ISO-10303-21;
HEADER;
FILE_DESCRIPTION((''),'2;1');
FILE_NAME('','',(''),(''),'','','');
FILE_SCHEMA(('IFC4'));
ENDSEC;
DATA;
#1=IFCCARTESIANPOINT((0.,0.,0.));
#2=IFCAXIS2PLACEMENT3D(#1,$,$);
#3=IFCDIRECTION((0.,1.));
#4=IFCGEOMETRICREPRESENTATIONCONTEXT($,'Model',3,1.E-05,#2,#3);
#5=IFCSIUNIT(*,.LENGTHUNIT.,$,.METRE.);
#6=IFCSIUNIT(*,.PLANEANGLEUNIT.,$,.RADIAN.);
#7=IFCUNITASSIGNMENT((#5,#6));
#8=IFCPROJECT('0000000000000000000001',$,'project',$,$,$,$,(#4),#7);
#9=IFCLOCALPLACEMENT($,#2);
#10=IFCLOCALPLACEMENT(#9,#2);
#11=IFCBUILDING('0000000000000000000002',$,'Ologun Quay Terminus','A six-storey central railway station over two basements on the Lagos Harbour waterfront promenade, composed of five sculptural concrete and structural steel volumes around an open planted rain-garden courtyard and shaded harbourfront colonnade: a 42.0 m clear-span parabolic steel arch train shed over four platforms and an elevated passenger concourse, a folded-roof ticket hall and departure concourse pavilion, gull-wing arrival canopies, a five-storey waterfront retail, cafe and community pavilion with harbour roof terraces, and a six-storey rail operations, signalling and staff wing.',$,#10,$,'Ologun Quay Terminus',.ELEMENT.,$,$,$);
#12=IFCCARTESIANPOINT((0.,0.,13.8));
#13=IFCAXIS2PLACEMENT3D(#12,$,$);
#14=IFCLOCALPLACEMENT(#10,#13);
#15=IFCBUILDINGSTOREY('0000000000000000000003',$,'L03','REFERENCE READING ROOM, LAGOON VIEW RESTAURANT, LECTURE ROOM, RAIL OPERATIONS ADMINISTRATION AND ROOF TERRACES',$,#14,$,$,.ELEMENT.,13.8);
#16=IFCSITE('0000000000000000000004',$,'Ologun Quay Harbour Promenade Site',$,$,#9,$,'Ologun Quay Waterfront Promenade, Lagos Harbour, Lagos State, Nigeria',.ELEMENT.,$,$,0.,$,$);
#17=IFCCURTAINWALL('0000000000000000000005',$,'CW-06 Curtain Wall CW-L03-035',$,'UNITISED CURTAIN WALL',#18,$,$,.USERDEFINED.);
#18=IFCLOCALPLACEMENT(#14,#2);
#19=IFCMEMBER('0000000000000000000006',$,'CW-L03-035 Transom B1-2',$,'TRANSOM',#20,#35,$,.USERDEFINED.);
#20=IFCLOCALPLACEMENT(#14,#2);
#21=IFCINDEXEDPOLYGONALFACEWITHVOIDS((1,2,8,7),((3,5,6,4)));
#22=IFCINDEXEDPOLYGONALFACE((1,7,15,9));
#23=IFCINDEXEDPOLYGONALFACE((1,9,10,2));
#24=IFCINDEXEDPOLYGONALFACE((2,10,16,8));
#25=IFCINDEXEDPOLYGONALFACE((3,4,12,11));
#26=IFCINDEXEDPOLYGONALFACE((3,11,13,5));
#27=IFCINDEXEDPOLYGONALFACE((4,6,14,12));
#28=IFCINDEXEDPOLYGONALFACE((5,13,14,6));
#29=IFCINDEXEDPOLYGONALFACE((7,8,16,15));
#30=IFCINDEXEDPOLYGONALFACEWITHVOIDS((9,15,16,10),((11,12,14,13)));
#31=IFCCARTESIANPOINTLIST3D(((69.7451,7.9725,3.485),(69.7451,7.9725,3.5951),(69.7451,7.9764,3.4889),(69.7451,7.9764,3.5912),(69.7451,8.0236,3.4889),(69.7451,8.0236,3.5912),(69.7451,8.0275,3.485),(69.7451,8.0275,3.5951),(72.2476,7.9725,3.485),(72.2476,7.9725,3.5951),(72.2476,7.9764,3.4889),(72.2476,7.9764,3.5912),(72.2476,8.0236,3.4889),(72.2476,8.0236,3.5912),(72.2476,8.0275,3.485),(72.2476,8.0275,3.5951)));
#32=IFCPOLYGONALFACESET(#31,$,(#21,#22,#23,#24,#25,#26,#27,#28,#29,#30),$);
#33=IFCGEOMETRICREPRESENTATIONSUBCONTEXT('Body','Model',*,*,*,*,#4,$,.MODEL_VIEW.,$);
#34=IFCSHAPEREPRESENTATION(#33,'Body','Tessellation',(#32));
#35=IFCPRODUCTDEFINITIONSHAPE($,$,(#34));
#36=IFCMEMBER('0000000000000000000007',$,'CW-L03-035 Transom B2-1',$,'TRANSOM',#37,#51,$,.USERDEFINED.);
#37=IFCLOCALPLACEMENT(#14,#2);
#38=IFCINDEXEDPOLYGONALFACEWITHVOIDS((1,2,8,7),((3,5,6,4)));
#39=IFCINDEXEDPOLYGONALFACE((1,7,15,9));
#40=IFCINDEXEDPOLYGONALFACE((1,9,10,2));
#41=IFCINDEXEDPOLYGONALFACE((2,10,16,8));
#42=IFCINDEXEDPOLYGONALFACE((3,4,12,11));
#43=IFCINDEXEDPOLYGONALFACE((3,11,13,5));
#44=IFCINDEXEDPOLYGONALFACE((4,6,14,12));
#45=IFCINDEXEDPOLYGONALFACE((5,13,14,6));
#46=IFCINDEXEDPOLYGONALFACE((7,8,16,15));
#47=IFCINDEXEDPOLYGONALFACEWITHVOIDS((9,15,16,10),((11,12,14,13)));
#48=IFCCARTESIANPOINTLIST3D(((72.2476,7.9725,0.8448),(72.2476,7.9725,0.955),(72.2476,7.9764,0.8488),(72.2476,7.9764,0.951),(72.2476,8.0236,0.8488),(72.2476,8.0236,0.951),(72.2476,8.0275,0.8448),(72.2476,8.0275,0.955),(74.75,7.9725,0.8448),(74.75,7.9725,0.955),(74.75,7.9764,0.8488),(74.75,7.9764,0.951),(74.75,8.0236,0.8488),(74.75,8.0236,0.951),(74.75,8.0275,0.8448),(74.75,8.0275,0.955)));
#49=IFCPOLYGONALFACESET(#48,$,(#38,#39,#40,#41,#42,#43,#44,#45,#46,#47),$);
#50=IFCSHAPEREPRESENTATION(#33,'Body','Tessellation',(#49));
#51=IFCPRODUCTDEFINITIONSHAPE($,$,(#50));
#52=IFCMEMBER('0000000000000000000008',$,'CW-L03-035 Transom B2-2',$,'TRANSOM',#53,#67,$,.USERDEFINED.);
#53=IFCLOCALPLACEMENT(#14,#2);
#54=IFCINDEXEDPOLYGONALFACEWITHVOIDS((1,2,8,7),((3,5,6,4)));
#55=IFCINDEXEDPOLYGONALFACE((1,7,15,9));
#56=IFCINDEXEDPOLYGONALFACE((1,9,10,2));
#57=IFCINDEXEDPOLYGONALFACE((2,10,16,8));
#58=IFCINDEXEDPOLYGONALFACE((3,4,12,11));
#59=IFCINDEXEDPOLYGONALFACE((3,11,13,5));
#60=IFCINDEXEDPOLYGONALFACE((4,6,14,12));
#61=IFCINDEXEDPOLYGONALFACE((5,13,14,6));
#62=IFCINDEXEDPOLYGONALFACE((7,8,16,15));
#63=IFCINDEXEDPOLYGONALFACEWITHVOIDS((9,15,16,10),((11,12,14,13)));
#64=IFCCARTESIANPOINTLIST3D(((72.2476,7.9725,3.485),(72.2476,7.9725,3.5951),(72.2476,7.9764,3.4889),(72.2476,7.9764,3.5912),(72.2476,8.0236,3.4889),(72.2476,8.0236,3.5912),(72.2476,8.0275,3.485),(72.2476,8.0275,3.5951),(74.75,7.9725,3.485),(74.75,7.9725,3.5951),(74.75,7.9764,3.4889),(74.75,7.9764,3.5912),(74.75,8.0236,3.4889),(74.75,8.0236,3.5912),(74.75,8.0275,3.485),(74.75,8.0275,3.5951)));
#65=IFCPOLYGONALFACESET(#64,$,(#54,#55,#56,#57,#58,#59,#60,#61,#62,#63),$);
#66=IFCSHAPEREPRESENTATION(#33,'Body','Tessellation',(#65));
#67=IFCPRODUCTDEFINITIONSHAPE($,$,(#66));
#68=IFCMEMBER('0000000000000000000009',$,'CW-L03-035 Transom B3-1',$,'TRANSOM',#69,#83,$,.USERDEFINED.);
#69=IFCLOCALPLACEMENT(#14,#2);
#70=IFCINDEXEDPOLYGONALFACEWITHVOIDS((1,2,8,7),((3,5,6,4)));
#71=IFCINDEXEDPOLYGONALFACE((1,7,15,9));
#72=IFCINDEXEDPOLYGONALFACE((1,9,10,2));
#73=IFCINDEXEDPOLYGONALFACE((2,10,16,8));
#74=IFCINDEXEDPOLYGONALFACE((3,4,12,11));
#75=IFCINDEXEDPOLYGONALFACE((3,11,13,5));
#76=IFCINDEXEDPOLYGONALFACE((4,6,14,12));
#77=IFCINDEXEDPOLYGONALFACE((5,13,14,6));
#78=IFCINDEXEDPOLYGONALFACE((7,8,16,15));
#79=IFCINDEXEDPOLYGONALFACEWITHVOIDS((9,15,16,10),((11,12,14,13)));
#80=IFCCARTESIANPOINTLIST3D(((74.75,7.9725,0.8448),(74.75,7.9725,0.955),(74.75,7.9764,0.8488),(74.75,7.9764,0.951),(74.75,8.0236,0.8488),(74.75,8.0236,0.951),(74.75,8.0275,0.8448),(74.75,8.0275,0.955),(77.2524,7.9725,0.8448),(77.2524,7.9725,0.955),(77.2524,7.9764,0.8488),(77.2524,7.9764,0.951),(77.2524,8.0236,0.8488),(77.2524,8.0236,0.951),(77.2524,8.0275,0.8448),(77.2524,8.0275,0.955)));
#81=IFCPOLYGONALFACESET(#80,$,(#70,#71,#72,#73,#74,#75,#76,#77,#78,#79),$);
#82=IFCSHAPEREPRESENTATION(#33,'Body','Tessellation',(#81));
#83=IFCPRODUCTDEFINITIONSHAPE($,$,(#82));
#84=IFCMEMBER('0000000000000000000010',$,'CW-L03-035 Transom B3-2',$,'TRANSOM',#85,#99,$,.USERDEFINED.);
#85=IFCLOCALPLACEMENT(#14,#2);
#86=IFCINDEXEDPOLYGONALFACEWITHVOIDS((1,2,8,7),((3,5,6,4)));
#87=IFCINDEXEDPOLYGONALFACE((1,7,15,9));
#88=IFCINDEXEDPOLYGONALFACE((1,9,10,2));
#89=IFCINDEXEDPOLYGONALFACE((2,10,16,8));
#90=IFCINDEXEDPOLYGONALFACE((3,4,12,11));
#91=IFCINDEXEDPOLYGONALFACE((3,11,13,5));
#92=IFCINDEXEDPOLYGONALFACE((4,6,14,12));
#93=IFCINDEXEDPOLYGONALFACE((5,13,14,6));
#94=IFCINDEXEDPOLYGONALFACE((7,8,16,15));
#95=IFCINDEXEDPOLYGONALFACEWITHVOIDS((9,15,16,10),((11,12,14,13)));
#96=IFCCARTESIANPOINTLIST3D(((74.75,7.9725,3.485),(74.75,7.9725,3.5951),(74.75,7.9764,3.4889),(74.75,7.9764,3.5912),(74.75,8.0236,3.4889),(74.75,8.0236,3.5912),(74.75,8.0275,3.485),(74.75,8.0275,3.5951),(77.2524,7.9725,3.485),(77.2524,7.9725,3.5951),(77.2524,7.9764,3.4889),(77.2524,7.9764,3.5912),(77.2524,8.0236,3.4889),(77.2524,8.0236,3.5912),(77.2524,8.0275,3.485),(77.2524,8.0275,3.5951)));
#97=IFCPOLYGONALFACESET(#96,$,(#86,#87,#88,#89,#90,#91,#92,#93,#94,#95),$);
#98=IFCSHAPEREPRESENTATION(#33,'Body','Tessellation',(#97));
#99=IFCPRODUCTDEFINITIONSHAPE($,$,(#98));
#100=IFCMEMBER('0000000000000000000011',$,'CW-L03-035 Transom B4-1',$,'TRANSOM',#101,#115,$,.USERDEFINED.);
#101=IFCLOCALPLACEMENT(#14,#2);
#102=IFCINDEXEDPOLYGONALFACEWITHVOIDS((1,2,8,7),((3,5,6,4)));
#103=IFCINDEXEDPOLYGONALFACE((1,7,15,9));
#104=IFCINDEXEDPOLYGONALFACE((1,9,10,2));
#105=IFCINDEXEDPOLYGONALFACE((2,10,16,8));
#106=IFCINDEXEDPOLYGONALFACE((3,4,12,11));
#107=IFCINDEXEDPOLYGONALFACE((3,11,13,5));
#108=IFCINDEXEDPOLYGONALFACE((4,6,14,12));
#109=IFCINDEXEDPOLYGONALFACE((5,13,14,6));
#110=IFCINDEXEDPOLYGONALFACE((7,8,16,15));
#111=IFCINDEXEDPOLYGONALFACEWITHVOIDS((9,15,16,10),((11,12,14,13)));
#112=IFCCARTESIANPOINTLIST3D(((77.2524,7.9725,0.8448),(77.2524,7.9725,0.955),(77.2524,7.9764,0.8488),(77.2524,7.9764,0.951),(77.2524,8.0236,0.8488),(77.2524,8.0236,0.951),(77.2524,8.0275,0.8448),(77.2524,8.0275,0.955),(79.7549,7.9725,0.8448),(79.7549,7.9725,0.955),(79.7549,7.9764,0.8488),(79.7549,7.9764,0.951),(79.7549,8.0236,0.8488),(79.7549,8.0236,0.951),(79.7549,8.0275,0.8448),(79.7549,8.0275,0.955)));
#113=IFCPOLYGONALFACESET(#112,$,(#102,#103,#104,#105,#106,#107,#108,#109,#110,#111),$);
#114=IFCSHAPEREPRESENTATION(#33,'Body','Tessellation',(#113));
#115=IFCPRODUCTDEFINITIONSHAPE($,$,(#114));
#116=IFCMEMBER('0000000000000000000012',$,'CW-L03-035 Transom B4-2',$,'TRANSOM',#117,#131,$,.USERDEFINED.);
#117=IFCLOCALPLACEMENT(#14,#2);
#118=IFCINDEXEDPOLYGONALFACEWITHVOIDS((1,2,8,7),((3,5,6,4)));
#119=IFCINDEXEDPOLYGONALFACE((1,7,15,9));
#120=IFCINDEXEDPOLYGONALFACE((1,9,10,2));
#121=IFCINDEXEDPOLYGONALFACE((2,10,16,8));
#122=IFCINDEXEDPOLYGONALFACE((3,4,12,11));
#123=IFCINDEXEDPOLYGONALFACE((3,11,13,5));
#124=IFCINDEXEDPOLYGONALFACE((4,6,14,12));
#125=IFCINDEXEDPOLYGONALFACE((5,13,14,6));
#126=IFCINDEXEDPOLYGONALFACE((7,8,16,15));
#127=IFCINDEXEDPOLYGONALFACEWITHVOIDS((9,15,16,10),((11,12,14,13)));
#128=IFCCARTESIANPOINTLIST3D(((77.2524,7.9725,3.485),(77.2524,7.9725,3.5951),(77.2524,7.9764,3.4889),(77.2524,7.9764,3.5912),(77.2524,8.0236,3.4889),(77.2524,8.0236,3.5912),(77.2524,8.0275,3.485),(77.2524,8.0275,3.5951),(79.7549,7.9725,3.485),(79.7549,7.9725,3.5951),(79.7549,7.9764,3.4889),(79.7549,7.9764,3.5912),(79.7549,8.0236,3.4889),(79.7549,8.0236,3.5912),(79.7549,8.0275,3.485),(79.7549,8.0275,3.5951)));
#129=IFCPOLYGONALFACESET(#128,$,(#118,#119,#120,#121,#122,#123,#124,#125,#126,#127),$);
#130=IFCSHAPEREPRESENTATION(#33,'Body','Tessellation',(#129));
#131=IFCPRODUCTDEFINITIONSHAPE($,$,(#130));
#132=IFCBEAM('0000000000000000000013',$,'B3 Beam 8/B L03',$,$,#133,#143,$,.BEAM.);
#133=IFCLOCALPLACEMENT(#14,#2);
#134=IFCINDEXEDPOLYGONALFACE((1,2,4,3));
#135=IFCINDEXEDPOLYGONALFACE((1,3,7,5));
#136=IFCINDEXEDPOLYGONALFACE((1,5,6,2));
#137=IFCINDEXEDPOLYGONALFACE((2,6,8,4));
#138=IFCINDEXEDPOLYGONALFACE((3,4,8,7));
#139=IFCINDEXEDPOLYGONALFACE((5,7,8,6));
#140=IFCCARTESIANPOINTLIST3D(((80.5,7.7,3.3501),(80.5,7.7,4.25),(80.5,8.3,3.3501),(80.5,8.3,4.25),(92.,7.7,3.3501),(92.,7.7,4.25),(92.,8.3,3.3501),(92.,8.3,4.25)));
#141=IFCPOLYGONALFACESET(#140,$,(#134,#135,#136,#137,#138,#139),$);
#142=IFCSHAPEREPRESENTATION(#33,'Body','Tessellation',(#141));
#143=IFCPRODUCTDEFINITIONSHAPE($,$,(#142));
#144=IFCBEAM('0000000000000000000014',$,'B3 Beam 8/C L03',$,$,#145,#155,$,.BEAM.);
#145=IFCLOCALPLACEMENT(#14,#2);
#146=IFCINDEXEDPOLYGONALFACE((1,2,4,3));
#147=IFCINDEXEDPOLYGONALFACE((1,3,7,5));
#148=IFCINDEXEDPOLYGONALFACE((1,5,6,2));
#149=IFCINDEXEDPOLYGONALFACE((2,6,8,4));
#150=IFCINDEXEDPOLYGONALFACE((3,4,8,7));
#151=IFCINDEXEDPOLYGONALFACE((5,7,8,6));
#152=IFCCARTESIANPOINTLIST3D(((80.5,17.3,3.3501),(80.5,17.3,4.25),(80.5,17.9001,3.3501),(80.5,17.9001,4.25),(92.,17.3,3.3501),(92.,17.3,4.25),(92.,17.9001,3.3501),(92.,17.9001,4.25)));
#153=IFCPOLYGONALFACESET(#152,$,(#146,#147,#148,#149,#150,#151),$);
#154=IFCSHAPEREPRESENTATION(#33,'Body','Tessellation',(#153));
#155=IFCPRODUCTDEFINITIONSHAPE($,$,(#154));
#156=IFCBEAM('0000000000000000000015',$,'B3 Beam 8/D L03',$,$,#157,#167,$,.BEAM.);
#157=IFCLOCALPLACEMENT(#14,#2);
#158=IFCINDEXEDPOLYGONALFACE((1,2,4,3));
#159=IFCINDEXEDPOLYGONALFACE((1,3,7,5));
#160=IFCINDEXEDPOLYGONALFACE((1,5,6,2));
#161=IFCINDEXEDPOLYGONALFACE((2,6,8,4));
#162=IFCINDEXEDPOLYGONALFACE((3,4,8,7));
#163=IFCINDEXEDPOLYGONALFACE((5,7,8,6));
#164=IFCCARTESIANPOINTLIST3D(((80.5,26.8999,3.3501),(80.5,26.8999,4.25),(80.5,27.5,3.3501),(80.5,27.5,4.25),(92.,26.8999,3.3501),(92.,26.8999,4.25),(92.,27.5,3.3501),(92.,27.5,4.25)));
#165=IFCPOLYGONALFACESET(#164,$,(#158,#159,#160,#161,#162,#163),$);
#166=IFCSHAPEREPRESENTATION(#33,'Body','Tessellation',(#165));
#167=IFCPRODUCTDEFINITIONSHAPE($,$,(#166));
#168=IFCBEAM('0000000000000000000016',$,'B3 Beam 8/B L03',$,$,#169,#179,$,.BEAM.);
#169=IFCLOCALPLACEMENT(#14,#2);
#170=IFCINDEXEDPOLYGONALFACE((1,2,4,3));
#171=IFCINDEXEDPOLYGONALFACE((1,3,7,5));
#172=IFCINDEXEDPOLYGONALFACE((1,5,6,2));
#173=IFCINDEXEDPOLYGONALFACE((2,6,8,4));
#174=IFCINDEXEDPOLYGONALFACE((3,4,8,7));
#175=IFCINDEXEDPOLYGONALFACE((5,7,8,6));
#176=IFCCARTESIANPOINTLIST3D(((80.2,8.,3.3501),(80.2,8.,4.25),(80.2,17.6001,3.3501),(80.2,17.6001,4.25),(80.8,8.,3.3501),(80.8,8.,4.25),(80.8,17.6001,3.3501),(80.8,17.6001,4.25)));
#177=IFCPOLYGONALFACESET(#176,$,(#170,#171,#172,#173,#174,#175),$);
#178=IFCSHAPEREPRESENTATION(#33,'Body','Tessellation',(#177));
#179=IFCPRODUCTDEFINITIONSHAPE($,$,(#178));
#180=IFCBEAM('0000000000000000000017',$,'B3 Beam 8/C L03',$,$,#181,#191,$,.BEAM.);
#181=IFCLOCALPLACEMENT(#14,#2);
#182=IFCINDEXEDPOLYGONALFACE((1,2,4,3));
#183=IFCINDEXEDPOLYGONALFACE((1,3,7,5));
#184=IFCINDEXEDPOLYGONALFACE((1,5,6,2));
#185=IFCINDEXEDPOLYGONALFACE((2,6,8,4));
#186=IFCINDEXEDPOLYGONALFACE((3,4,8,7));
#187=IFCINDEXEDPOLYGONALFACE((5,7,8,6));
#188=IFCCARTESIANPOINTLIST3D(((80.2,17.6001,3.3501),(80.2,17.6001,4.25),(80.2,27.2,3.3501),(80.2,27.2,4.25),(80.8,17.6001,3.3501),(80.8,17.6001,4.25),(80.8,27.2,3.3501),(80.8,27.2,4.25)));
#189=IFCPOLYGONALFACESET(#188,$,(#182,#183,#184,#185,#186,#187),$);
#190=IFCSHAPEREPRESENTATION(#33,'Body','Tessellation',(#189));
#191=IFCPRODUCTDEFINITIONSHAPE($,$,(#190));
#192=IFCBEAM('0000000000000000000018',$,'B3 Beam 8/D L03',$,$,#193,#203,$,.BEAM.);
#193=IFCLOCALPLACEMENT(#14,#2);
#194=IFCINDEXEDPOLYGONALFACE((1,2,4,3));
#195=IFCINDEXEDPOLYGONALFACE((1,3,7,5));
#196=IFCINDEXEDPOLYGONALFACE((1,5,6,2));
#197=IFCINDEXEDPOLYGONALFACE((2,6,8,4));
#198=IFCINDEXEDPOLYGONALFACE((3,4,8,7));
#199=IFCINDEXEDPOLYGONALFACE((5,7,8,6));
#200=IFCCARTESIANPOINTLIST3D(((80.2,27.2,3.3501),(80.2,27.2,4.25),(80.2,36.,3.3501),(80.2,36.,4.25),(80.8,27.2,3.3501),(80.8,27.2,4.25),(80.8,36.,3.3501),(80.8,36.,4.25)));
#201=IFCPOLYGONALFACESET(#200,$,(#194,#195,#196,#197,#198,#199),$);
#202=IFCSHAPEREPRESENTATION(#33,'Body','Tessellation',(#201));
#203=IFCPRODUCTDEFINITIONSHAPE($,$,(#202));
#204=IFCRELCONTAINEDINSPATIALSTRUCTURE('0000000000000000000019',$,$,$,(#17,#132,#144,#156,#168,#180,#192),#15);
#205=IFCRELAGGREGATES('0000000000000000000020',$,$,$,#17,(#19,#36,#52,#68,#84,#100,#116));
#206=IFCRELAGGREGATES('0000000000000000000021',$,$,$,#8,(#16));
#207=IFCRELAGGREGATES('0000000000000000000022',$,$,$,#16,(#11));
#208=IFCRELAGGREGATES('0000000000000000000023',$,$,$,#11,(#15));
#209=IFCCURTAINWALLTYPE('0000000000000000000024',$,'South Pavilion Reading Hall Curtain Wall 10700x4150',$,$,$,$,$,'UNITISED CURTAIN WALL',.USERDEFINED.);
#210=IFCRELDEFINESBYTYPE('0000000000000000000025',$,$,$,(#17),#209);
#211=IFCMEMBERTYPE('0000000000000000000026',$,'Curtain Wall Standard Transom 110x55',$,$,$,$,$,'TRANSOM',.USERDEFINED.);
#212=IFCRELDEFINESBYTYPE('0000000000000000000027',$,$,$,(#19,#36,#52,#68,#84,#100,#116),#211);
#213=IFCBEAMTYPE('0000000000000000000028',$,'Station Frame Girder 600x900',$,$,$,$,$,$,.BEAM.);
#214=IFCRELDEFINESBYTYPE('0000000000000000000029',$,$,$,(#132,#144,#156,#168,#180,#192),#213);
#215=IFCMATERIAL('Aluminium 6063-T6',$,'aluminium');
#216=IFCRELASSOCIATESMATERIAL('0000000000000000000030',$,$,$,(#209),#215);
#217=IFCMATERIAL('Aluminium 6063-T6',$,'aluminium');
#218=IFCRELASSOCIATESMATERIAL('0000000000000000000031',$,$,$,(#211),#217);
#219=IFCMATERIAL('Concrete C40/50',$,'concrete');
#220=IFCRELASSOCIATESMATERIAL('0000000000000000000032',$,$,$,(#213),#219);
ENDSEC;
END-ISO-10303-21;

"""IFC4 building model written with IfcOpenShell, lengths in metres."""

from ifc_helpers import new_model, si_unit, direction, frame, origin, origin_2d, place, context, subcontext, project, spatial, rectangle, hollow_rectangle, extrude, material, material_profile, profile_set, type_object, element, aggregate, save


model = new_model("IFC4")

# Units and contexts
model_context = context("Model", 3, precision=1e-05, world=origin(), true_north=direction((0.0, 1.0)))
body_context = subcontext(model_context, "Body", "Model", "MODEL_VIEW")
ifc_project = project(units=[si_unit("LENGTHUNIT", "METRE"), si_unit("PLANEANGLEUNIT", "RADIAN")], contexts=[model_context])

# Site, building, storey
site_placement = place(None, origin())
site = spatial("IfcSite", under=ifc_project, at=site_placement, Name="Ologun Quay Harbour Promenade Site", LongName="Ologun Quay Waterfront Promenade, Lagos Harbour, Lagos State, Nigeria", CompositionType="ELEMENT", RefElevation=0.0)
building_placement = place(site_placement, origin())
building = spatial("IfcBuilding", under=site, at=building_placement, Name="Ologun Quay Terminus", Description="A six-storey central railway station over two basements on the Lagos Harbour waterfront promenade, composed of five sculptural concrete and structural steel volumes around an open planted rain-garden courtyard and shaded harbourfront colonnade: a 42.0 m clear-span parabolic steel arch train shed over four platforms and an elevated passenger concourse, a folded-roof ticket hall and departure concourse pavilion, gull-wing arrival canopies, a five-storey waterfront retail, cafe and community pavilion with harbour roof terraces, and a six-storey rail operations, signalling and staff wing.", LongName="Ologun Quay Terminus", CompositionType="ELEMENT")
storey_placement = place(building_placement, frame((0.0, 0.0, 13.8)))
storey = spatial("IfcBuildingStorey", under=building, at=storey_placement, Name="L03", Description="REFERENCE READING ROOM, LAGOON VIEW RESTAURANT, LECTURE ROOM, RAIL OPERATIONS ADMINISTRATION AND ROOF TERRACES", CompositionType="ELEMENT", Elevation=13.8)

# Curtain wall, members
ifc_material_1 = material(Name="Aluminium 6063-T6", Category="aluminium")
curtain_wall_type = type_object("IfcCurtainWallType", Name="South Pavilion Reading Hall Curtain Wall 10700x4150", ElementType="UNITISED CURTAIN WALL", PredefinedType="USERDEFINED", material=ifc_material_1)
curtain_wall_placement = place(storey_placement, origin())
curtain_wall = element("IfcCurtainWall", 1, at=curtain_wall_placement, inside=storey, type_object=curtain_wall_type, Name="CW-06 Curtain Wall CW-L03-035", ObjectType="UNITISED CURTAIN WALL", PredefinedType="USERDEFINED")
ifc_material_2 = material(Name="Aluminium 6063-T6", Category="aluminium")
ifc_material_profile_1 = material_profile(ifc_material_2, hollow_rectangle(XDim=0.0549, YDim=0.1101, WallThickness=0.0039, at=origin_2d()), Name="ALU 110x55x4")
ifc_profile_set_1 = profile_set([ifc_material_profile_1], Name="Aluminium 6063-T6")
member_type_1 = type_object("IfcMemberType", Name="Curtain Wall Standard Transom 110x55", ElementType="TRANSOM", PredefinedType="USERDEFINED", material=ifc_profile_set_1)
member_1_placement = place(storey_placement, frame((69.7451, 8.0, 3.54), z_axis=(1.0, 0.0, 0.0), x_axis=(0.0, 1.0, 0.0)))
member_1 = element("IfcMember", 2, at=member_1_placement, type_object=member_type_1, Name="CW-L03-035 Transom B1-2", ObjectType="TRANSOM", PredefinedType="USERDEFINED", context=body_context, shape_type="SweptSolid", body=[
    extrude(hollow_rectangle(XDim=0.0549, YDim=0.1101, WallThickness=0.0039, at=origin_2d()), origin(), (0.0, 0.0, 1.0), 2.5024),
])
member_2_placement = place(storey_placement, frame((72.2476, 8.0, 0.8999), z_axis=(1.0, 0.0, 0.0), x_axis=(0.0, 1.0, 0.0)))
member_2 = element("IfcMember", 3, at=member_2_placement, type_object=member_type_1, Name="CW-L03-035 Transom B2-1", ObjectType="TRANSOM", PredefinedType="USERDEFINED", context=body_context, shape_type="SweptSolid", body=[
    extrude(hollow_rectangle(XDim=0.0549, YDim=0.1101, WallThickness=0.0039, at=origin_2d()), origin(), (0.0, 0.0, 1.0), 2.5024),
])
member_3_placement = place(storey_placement, frame((72.2476, 8.0, 3.54), z_axis=(1.0, 0.0, 0.0), x_axis=(0.0, 1.0, 0.0)))
member_3 = element("IfcMember", 4, at=member_3_placement, type_object=member_type_1, Name="CW-L03-035 Transom B2-2", ObjectType="TRANSOM", PredefinedType="USERDEFINED", context=body_context, shape_type="SweptSolid", body=[
    extrude(hollow_rectangle(XDim=0.0549, YDim=0.1101, WallThickness=0.0039, at=origin_2d()), origin(), (0.0, 0.0, 1.0), 2.5024),
])
member_4_placement = place(storey_placement, frame((74.75, 8.0, 0.8999), z_axis=(1.0, 0.0, 0.0), x_axis=(0.0, 1.0, 0.0)))
member_4 = element("IfcMember", 5, at=member_4_placement, type_object=member_type_1, Name="CW-L03-035 Transom B3-1", ObjectType="TRANSOM", PredefinedType="USERDEFINED", context=body_context, shape_type="SweptSolid", body=[
    extrude(hollow_rectangle(XDim=0.0549, YDim=0.1101, WallThickness=0.0039, at=origin_2d()), origin(), (0.0, 0.0, 1.0), 2.5024),
])
member_5_placement = place(storey_placement, frame((74.75, 8.0, 3.54), z_axis=(1.0, 0.0, 0.0), x_axis=(0.0, 1.0, 0.0)))
member_5 = element("IfcMember", 6, at=member_5_placement, type_object=member_type_1, Name="CW-L03-035 Transom B3-2", ObjectType="TRANSOM", PredefinedType="USERDEFINED", context=body_context, shape_type="SweptSolid", body=[
    extrude(hollow_rectangle(XDim=0.0549, YDim=0.1101, WallThickness=0.0039, at=origin_2d()), origin(), (0.0, 0.0, 1.0), 2.5024),
])
member_6_placement = place(storey_placement, frame((77.2524, 8.0, 0.8999), z_axis=(1.0, 0.0, 0.0), x_axis=(0.0, 1.0, 0.0)))
member_6 = element("IfcMember", 7, at=member_6_placement, type_object=member_type_1, Name="CW-L03-035 Transom B4-1", ObjectType="TRANSOM", PredefinedType="USERDEFINED", context=body_context, shape_type="SweptSolid", body=[
    extrude(hollow_rectangle(XDim=0.0549, YDim=0.1101, WallThickness=0.0039, at=origin_2d()), origin(), (0.0, 0.0, 1.0), 2.5024),
])
member_7_placement = place(storey_placement, frame((77.2524, 8.0, 3.54), z_axis=(1.0, 0.0, 0.0), x_axis=(0.0, 1.0, 0.0)))
member_7 = element("IfcMember", 8, at=member_7_placement, type_object=member_type_1, Name="CW-L03-035 Transom B4-2", ObjectType="TRANSOM", PredefinedType="USERDEFINED", context=body_context, shape_type="SweptSolid", body=[
    extrude(hollow_rectangle(XDim=0.0549, YDim=0.1101, WallThickness=0.0039, at=origin_2d()), origin(), (0.0, 0.0, 1.0), 2.5024),
])

# Beams
ifc_material_3 = material(Name="Concrete C40/50", Category="concrete")
ifc_material_profile_2 = material_profile(ifc_material_3, rectangle(XDim=0.6001, YDim=0.8999, at=origin_2d()), Name="RC 600x900")
ifc_profile_set_2 = profile_set([ifc_material_profile_2], Name="Concrete C40/50")
beam_type_1 = type_object("IfcBeamType", Name="Station Frame Girder 600x900", PredefinedType="BEAM", material=ifc_profile_set_2)
for number, where, z_axis, x_axis, name in (
    (9, (80.5, 8.0, 3.8), (1.0, 0.0, 0.0), (0.0, 1.0, 0.0), "B3 Beam 8/B L03"),
    (10, (80.5, 17.6001, 3.8), (1.0, 0.0, 0.0), (0.0, 1.0, 0.0), "B3 Beam 8/C L03"),
    (11, (80.5, 27.2, 3.8), (1.0, 0.0, 0.0), (0.0, 1.0, 0.0), "B3 Beam 8/D L03"),
):
    element("IfcBeam", number, at=place(storey_placement, frame(where, z_axis=z_axis, x_axis=x_axis)), inside=storey, type_object=beam_type_1, Name=name, PredefinedType="BEAM", context=body_context, shape_type="SweptSolid", body=[
        extrude(rectangle(XDim=0.6001, YDim=0.8999, at=origin_2d()), origin(), (0.0, 0.0, 1.0), 11.5),
    ])
beam_1_placement = place(storey_placement, frame((80.5, 8.0, 3.8), z_axis=(0.0, 1.0, 0.0), x_axis=(-1.0, 0.0, 0.0)))
element("IfcBeam", 12, at=beam_1_placement, inside=storey, type_object=beam_type_1, Name="B3 Beam 8/B L03", PredefinedType="BEAM", context=body_context, shape_type="SweptSolid", body=[
    extrude(rectangle(XDim=0.6001, YDim=0.8999, at=origin_2d()), origin(), (0.0, 0.0, 1.0), 9.6001),
])
beam_2_placement = place(storey_placement, frame((80.5, 17.6001, 3.8), z_axis=(0.0, 1.0, 0.0), x_axis=(-1.0, 0.0, 0.0)))
element("IfcBeam", 13, at=beam_2_placement, inside=storey, type_object=beam_type_1, Name="B3 Beam 8/C L03", PredefinedType="BEAM", context=body_context, shape_type="SweptSolid", body=[
    extrude(rectangle(XDim=0.6001, YDim=0.8999, at=origin_2d()), origin(), (0.0, 0.0, 1.0), 9.5999),
])
beam_3_placement = place(storey_placement, frame((80.5, 27.2, 3.8), z_axis=(0.0, 1.0, 0.0), x_axis=(-1.0, 0.0, 0.0)))
element("IfcBeam", 14, at=beam_3_placement, inside=storey, type_object=beam_type_1, Name="B3 Beam 8/D L03", PredefinedType="BEAM", context=body_context, shape_type="SweptSolid", body=[
    extrude(rectangle(XDim=0.6001, YDim=0.8999, at=origin_2d()), origin(), (0.0, 0.0, 1.0), 8.8),
])

aggregate(curtain_wall, [member_1, member_2, member_3, member_4, member_5, member_6, member_7])

save(model, "model.ifc")
